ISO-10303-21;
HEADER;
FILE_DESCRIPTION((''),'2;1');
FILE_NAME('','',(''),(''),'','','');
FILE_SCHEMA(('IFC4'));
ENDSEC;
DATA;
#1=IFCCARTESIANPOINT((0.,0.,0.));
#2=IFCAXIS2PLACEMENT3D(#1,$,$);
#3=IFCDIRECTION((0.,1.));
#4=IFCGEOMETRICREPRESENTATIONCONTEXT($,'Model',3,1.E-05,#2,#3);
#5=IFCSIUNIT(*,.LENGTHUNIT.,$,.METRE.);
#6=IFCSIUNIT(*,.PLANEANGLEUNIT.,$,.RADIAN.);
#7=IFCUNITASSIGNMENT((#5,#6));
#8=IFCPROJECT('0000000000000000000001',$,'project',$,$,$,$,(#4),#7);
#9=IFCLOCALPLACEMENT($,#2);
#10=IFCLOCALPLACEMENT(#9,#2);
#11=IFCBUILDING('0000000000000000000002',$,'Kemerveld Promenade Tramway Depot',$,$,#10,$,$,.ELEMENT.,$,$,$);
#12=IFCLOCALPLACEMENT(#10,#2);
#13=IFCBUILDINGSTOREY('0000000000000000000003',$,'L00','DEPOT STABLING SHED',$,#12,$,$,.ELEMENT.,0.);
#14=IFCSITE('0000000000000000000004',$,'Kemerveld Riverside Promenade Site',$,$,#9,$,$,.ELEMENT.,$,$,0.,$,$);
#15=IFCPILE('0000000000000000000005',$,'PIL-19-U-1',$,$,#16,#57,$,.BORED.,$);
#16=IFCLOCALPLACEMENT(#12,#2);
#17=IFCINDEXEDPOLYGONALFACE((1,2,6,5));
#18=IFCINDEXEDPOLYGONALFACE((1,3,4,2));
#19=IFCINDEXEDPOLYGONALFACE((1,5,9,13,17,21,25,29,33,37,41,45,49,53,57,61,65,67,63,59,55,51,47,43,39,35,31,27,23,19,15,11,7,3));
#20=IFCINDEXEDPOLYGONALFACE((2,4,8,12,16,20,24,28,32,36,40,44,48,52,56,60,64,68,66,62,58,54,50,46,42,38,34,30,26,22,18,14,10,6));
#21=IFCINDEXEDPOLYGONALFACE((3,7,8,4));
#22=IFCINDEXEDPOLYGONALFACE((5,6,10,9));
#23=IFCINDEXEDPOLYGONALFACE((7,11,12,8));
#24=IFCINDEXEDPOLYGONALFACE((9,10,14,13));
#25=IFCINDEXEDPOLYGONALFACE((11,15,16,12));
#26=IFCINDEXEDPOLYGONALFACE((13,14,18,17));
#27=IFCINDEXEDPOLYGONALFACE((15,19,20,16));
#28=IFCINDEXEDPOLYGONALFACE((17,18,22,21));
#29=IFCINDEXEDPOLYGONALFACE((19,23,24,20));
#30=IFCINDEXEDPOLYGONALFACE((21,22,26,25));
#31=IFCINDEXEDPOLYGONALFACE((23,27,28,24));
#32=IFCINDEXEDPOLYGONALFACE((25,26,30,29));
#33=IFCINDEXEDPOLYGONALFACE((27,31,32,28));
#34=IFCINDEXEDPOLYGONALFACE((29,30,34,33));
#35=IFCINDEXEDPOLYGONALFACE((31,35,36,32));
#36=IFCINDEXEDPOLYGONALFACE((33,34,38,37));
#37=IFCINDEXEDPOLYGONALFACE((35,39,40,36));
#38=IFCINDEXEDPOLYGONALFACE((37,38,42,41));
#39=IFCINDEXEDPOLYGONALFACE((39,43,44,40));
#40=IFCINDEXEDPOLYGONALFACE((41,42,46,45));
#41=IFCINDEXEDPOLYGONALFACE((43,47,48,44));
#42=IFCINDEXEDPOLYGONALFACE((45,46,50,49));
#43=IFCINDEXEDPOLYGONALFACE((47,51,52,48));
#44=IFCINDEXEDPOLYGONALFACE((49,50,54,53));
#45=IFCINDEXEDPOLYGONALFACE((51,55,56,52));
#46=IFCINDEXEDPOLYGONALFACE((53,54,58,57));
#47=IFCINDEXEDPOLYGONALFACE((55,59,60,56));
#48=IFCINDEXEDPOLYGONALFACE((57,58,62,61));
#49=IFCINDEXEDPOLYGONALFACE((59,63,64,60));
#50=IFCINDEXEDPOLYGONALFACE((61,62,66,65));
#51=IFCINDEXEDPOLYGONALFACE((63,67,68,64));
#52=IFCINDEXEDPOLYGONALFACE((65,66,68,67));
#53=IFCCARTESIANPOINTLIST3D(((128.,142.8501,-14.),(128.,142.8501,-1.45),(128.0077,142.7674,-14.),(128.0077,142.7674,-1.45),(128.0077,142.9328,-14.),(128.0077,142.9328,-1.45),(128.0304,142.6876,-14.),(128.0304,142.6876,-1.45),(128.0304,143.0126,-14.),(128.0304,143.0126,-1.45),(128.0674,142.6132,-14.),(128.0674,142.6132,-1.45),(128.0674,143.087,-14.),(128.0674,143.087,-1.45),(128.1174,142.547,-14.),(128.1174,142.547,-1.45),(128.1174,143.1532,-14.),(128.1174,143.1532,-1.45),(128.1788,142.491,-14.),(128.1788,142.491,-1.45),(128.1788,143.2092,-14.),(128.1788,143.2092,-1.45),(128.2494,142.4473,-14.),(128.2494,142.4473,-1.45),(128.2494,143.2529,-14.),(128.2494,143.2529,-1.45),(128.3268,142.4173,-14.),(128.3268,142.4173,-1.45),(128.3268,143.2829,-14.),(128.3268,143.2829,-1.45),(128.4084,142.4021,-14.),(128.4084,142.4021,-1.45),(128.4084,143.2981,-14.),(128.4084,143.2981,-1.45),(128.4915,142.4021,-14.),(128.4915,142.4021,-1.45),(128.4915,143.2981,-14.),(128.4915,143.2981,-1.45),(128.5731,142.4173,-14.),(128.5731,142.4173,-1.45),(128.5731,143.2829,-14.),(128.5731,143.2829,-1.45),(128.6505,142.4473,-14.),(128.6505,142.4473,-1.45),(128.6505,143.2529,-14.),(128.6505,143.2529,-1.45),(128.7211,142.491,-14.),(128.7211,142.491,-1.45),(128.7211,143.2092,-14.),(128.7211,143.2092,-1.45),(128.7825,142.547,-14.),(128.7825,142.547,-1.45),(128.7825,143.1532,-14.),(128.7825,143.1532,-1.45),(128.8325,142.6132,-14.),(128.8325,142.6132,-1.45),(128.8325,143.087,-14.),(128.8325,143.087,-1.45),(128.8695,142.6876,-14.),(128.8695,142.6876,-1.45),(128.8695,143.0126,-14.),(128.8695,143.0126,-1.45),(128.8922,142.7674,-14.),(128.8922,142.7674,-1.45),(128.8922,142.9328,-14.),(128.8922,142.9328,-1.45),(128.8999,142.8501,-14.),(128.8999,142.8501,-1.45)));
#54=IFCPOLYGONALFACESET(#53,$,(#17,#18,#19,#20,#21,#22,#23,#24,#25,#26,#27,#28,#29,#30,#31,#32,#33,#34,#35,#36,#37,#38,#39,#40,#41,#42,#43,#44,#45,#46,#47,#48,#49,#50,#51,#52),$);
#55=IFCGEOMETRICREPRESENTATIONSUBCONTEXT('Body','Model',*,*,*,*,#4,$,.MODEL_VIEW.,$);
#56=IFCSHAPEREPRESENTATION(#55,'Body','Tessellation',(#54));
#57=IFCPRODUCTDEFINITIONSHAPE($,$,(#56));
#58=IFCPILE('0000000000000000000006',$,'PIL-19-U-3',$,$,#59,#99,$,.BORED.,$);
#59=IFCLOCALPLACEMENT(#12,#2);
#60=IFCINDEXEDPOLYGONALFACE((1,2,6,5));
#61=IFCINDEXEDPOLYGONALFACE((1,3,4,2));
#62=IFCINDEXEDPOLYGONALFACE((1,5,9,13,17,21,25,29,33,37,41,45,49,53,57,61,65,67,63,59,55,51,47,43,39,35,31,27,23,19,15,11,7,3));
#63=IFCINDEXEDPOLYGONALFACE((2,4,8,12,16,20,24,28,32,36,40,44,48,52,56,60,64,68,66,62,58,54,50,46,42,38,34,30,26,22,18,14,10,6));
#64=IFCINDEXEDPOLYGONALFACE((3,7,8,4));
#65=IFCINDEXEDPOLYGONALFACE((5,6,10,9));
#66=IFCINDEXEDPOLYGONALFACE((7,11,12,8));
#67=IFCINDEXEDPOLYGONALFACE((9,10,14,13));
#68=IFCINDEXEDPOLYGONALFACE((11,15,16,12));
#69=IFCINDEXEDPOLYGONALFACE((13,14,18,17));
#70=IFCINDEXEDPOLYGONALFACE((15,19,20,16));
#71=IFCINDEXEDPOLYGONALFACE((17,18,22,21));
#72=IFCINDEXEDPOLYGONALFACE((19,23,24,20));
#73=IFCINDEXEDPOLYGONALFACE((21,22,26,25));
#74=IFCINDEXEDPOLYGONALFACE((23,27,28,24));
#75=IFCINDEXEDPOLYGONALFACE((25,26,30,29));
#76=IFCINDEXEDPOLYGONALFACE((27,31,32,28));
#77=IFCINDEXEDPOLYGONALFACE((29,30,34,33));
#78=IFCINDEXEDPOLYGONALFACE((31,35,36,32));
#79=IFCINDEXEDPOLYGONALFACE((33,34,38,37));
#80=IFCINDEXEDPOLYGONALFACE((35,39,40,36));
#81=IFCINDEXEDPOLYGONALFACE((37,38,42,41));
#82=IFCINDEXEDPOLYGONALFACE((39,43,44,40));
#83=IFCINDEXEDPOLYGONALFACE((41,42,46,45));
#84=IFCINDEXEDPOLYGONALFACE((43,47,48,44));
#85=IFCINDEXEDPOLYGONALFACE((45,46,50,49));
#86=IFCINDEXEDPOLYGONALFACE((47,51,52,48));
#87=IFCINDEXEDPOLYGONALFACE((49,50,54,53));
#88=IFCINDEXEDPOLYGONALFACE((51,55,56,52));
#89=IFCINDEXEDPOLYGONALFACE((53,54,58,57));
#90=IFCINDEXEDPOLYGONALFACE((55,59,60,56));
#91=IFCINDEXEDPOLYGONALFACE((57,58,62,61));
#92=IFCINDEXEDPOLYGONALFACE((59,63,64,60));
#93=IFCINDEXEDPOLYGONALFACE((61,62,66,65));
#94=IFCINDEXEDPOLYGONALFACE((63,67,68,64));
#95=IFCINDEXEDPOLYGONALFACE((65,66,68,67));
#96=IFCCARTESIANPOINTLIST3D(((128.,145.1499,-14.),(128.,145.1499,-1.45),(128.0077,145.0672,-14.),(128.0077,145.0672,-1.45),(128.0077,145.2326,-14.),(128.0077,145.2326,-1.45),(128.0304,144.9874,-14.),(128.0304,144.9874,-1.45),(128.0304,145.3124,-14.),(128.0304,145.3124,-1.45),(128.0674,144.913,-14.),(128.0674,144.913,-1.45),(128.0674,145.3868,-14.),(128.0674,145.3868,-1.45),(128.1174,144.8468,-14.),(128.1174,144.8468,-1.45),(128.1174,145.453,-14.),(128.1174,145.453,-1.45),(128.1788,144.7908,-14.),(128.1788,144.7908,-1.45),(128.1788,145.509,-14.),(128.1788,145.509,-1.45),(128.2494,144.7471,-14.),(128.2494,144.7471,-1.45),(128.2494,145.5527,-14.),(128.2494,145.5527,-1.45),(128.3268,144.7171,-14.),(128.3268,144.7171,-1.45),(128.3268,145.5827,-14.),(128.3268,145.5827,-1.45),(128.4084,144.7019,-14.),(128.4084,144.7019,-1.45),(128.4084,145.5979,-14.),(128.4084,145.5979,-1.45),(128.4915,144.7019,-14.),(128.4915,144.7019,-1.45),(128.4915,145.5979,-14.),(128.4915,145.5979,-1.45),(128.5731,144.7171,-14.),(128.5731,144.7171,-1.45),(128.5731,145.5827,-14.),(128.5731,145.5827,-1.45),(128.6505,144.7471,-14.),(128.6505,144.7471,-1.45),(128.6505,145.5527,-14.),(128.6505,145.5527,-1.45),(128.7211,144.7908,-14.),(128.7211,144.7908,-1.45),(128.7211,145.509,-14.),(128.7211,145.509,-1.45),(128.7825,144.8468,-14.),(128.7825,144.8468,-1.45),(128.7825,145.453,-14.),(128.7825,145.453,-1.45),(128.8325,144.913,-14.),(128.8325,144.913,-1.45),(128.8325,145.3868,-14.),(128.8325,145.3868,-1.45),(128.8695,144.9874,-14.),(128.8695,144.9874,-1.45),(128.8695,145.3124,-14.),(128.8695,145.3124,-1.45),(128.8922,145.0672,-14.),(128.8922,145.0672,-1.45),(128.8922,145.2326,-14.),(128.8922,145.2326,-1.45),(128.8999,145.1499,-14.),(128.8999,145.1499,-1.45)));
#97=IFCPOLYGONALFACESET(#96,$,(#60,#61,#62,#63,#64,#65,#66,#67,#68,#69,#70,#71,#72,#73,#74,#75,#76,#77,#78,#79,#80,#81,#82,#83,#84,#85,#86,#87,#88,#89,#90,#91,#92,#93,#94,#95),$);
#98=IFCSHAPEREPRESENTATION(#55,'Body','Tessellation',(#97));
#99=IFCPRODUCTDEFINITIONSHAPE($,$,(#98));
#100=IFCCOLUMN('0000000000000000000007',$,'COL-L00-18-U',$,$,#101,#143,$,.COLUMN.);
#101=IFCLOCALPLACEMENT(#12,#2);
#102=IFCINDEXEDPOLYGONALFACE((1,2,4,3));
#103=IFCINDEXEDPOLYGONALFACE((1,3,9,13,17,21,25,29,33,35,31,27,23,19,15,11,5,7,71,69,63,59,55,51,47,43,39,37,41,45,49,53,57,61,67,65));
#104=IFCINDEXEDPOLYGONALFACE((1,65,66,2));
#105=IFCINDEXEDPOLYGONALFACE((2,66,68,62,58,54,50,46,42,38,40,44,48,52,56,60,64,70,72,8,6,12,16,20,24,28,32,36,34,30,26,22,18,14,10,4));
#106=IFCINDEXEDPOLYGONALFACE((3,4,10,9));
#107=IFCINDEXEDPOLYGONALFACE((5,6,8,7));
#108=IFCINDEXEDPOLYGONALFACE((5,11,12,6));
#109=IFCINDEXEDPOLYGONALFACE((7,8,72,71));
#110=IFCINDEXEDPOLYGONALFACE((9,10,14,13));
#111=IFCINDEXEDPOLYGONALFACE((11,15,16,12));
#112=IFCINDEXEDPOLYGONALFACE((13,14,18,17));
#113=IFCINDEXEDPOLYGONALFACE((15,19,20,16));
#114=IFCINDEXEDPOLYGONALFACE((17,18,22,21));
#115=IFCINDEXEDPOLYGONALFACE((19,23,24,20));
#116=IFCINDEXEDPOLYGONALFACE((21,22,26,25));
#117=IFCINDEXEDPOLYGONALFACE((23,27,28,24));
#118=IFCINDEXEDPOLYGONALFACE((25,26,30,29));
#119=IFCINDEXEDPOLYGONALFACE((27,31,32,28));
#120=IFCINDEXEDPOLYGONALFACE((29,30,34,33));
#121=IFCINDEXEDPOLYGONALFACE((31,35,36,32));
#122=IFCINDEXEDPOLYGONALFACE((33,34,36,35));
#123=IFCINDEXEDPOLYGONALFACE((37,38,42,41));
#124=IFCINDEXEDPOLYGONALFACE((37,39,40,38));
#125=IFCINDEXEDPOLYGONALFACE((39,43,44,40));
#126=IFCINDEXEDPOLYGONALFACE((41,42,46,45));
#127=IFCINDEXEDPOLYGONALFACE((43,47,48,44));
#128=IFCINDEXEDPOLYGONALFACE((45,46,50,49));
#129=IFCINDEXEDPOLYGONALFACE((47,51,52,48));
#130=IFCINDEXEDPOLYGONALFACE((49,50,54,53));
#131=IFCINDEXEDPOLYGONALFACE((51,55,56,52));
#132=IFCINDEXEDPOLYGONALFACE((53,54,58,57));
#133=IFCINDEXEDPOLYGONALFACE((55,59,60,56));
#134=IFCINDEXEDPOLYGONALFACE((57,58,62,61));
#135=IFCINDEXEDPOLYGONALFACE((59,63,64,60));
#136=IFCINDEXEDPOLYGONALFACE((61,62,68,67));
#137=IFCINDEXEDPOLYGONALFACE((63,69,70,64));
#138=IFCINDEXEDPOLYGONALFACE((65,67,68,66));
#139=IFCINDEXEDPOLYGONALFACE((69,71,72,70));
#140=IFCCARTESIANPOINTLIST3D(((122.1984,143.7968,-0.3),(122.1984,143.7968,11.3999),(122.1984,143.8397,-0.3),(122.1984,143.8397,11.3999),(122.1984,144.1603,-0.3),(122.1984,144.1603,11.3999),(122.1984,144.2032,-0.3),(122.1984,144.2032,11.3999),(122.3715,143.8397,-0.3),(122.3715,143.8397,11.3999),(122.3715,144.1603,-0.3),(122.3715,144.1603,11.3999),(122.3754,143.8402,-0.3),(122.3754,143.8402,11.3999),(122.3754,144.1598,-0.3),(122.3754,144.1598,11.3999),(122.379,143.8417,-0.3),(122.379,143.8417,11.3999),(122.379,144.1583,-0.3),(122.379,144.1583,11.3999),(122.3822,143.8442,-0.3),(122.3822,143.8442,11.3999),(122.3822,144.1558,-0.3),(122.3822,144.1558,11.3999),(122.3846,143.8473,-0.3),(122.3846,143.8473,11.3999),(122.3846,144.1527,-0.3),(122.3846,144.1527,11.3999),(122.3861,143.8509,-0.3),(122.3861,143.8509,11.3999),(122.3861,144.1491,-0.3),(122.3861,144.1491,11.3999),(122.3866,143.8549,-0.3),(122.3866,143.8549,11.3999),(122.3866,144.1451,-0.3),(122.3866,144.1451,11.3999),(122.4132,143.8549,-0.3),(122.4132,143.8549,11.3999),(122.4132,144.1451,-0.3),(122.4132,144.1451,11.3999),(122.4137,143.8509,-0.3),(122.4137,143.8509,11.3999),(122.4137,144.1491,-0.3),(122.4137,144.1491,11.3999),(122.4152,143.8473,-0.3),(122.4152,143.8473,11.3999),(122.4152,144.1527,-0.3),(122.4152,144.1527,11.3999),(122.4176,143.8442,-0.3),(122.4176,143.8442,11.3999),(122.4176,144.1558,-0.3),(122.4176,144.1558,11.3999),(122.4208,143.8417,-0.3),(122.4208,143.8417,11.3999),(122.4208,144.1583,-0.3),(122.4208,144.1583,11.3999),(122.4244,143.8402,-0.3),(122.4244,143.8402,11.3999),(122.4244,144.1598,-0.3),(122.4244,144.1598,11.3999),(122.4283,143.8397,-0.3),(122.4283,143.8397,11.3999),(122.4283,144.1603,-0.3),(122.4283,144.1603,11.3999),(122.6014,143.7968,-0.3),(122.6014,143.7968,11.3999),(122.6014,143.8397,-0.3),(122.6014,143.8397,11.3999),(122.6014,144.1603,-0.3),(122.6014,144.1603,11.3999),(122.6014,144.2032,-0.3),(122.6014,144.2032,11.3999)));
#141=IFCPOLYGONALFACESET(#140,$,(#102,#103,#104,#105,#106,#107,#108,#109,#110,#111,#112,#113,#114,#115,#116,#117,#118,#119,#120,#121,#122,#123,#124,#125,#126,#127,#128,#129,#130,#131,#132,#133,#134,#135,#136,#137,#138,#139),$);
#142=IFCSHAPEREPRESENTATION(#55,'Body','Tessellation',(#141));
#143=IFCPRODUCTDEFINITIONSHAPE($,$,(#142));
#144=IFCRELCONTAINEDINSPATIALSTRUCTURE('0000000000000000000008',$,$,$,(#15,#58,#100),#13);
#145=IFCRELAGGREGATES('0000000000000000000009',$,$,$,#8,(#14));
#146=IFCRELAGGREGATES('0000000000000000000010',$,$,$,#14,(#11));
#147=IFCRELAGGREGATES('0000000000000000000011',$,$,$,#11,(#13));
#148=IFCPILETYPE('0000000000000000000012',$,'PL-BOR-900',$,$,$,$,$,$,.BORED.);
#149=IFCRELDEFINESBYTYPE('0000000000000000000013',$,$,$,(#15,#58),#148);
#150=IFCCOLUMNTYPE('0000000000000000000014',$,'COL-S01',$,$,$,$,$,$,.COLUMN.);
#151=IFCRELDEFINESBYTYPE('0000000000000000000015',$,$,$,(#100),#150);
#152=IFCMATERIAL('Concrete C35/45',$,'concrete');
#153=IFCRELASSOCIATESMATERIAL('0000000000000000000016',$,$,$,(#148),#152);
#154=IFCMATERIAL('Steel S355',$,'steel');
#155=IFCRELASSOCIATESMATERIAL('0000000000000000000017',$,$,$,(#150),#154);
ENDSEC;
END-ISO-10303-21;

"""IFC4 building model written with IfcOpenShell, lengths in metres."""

from ifc_helpers import new_model, si_unit, direction, frame, origin, origin_2d, place, context, subcontext, project, spatial, circle, i_section, extrude, material, material_profile, profile_set, type_object, element, save


model = new_model("IFC4")

# Units and contexts
model_context = context("Model", 3, precision=1e-05, world=origin(), true_north=direction((0.0, 1.0)))
body_context = subcontext(model_context, "Body", "Model", "MODEL_VIEW")
ifc_project = project(units=[si_unit("LENGTHUNIT", "METRE"), si_unit("PLANEANGLEUNIT", "RADIAN")], contexts=[model_context])

# Site, building, storey
site_placement = place(None, origin())
site = spatial("IfcSite", under=ifc_project, at=site_placement, Name="Kemerveld Riverside Promenade Site", CompositionType="ELEMENT", RefElevation=0.0)
building_placement = place(site_placement, origin())
building = spatial("IfcBuilding", under=site, at=building_placement, Name="Kemerveld Promenade Tramway Depot", CompositionType="ELEMENT")
storey_placement = place(building_placement, origin())
storey = spatial("IfcBuildingStorey", under=building, at=storey_placement, Name="L00", Description="DEPOT STABLING SHED", CompositionType="ELEMENT", Elevation=0.0)

# Shared definitions
ifc_material_1 = material(Name="Concrete C35/45", Category="concrete")

# Piles
ifc_material_profile_1 = material_profile(ifc_material_1, circle(Radius=0.45, at=origin_2d()), Name="PILE-D900")
ifc_profile_set_1 = profile_set([ifc_material_profile_1], Name="Concrete C35/45")
pile_type = type_object("IfcPileType", Name="PL-BOR-900", PredefinedType="BORED", material=ifc_profile_set_1)
for number, where, z_axis, x_axis, name in (
    (1, (128.45, 142.8501, -1.45), (0.0, 0.0, -1.0), (1.0, 0.0, 0.0), "PIL-19-U-1"),
    (2, (128.45, 145.1499, -1.45), (0.0, 0.0, -1.0), (1.0, 0.0, 0.0), "PIL-19-U-3"),
):
    element("IfcPile", number, at=place(storey_placement, frame(where, z_axis=z_axis, x_axis=x_axis)), inside=storey, type_object=pile_type, Name=name, PredefinedType="BORED", context=body_context, shape_type="SweptSolid", body=[
        extrude(circle(Radius=0.45, at=origin_2d()), origin(), (0.0, 0.0, 1.0), 12.55),
    ])

# Column
ifc_material_2 = material(Name="Steel S355", Category="steel")
ifc_material_profile_2 = material_profile(ifc_material_2, i_section(OverallWidth=0.4031, OverallDepth=0.4065, WebThickness=0.0266, FlangeThickness=0.043, FilletRadius=0.0151, at=origin_2d()), Name="356x406x340 UC")
ifc_profile_set_2 = profile_set([ifc_material_profile_2], Name="Steel S355")
column_type = type_object("IfcColumnType", Name="COL-S01", PredefinedType="COLUMN", material=ifc_profile_set_2)
column_placement = place(storey_placement, frame((122.3999, 144.0, -0.3), z_axis=(0.0, 0.0, 1.0), x_axis=(1.0, 0.0, 0.0)))
element("IfcColumn", 3, at=column_placement, inside=storey, type_object=column_type, Name="COL-L00-18-U", PredefinedType="COLUMN", context=body_context, shape_type="SweptSolid", body=[
    extrude(i_section(OverallWidth=0.4031, OverallDepth=0.4065, WebThickness=0.0266, FlangeThickness=0.043, FilletRadius=0.0151, at=origin_2d()), origin(), (0.0, 0.0, 1.0), 11.7),
])

save(model, "model.ifc")
